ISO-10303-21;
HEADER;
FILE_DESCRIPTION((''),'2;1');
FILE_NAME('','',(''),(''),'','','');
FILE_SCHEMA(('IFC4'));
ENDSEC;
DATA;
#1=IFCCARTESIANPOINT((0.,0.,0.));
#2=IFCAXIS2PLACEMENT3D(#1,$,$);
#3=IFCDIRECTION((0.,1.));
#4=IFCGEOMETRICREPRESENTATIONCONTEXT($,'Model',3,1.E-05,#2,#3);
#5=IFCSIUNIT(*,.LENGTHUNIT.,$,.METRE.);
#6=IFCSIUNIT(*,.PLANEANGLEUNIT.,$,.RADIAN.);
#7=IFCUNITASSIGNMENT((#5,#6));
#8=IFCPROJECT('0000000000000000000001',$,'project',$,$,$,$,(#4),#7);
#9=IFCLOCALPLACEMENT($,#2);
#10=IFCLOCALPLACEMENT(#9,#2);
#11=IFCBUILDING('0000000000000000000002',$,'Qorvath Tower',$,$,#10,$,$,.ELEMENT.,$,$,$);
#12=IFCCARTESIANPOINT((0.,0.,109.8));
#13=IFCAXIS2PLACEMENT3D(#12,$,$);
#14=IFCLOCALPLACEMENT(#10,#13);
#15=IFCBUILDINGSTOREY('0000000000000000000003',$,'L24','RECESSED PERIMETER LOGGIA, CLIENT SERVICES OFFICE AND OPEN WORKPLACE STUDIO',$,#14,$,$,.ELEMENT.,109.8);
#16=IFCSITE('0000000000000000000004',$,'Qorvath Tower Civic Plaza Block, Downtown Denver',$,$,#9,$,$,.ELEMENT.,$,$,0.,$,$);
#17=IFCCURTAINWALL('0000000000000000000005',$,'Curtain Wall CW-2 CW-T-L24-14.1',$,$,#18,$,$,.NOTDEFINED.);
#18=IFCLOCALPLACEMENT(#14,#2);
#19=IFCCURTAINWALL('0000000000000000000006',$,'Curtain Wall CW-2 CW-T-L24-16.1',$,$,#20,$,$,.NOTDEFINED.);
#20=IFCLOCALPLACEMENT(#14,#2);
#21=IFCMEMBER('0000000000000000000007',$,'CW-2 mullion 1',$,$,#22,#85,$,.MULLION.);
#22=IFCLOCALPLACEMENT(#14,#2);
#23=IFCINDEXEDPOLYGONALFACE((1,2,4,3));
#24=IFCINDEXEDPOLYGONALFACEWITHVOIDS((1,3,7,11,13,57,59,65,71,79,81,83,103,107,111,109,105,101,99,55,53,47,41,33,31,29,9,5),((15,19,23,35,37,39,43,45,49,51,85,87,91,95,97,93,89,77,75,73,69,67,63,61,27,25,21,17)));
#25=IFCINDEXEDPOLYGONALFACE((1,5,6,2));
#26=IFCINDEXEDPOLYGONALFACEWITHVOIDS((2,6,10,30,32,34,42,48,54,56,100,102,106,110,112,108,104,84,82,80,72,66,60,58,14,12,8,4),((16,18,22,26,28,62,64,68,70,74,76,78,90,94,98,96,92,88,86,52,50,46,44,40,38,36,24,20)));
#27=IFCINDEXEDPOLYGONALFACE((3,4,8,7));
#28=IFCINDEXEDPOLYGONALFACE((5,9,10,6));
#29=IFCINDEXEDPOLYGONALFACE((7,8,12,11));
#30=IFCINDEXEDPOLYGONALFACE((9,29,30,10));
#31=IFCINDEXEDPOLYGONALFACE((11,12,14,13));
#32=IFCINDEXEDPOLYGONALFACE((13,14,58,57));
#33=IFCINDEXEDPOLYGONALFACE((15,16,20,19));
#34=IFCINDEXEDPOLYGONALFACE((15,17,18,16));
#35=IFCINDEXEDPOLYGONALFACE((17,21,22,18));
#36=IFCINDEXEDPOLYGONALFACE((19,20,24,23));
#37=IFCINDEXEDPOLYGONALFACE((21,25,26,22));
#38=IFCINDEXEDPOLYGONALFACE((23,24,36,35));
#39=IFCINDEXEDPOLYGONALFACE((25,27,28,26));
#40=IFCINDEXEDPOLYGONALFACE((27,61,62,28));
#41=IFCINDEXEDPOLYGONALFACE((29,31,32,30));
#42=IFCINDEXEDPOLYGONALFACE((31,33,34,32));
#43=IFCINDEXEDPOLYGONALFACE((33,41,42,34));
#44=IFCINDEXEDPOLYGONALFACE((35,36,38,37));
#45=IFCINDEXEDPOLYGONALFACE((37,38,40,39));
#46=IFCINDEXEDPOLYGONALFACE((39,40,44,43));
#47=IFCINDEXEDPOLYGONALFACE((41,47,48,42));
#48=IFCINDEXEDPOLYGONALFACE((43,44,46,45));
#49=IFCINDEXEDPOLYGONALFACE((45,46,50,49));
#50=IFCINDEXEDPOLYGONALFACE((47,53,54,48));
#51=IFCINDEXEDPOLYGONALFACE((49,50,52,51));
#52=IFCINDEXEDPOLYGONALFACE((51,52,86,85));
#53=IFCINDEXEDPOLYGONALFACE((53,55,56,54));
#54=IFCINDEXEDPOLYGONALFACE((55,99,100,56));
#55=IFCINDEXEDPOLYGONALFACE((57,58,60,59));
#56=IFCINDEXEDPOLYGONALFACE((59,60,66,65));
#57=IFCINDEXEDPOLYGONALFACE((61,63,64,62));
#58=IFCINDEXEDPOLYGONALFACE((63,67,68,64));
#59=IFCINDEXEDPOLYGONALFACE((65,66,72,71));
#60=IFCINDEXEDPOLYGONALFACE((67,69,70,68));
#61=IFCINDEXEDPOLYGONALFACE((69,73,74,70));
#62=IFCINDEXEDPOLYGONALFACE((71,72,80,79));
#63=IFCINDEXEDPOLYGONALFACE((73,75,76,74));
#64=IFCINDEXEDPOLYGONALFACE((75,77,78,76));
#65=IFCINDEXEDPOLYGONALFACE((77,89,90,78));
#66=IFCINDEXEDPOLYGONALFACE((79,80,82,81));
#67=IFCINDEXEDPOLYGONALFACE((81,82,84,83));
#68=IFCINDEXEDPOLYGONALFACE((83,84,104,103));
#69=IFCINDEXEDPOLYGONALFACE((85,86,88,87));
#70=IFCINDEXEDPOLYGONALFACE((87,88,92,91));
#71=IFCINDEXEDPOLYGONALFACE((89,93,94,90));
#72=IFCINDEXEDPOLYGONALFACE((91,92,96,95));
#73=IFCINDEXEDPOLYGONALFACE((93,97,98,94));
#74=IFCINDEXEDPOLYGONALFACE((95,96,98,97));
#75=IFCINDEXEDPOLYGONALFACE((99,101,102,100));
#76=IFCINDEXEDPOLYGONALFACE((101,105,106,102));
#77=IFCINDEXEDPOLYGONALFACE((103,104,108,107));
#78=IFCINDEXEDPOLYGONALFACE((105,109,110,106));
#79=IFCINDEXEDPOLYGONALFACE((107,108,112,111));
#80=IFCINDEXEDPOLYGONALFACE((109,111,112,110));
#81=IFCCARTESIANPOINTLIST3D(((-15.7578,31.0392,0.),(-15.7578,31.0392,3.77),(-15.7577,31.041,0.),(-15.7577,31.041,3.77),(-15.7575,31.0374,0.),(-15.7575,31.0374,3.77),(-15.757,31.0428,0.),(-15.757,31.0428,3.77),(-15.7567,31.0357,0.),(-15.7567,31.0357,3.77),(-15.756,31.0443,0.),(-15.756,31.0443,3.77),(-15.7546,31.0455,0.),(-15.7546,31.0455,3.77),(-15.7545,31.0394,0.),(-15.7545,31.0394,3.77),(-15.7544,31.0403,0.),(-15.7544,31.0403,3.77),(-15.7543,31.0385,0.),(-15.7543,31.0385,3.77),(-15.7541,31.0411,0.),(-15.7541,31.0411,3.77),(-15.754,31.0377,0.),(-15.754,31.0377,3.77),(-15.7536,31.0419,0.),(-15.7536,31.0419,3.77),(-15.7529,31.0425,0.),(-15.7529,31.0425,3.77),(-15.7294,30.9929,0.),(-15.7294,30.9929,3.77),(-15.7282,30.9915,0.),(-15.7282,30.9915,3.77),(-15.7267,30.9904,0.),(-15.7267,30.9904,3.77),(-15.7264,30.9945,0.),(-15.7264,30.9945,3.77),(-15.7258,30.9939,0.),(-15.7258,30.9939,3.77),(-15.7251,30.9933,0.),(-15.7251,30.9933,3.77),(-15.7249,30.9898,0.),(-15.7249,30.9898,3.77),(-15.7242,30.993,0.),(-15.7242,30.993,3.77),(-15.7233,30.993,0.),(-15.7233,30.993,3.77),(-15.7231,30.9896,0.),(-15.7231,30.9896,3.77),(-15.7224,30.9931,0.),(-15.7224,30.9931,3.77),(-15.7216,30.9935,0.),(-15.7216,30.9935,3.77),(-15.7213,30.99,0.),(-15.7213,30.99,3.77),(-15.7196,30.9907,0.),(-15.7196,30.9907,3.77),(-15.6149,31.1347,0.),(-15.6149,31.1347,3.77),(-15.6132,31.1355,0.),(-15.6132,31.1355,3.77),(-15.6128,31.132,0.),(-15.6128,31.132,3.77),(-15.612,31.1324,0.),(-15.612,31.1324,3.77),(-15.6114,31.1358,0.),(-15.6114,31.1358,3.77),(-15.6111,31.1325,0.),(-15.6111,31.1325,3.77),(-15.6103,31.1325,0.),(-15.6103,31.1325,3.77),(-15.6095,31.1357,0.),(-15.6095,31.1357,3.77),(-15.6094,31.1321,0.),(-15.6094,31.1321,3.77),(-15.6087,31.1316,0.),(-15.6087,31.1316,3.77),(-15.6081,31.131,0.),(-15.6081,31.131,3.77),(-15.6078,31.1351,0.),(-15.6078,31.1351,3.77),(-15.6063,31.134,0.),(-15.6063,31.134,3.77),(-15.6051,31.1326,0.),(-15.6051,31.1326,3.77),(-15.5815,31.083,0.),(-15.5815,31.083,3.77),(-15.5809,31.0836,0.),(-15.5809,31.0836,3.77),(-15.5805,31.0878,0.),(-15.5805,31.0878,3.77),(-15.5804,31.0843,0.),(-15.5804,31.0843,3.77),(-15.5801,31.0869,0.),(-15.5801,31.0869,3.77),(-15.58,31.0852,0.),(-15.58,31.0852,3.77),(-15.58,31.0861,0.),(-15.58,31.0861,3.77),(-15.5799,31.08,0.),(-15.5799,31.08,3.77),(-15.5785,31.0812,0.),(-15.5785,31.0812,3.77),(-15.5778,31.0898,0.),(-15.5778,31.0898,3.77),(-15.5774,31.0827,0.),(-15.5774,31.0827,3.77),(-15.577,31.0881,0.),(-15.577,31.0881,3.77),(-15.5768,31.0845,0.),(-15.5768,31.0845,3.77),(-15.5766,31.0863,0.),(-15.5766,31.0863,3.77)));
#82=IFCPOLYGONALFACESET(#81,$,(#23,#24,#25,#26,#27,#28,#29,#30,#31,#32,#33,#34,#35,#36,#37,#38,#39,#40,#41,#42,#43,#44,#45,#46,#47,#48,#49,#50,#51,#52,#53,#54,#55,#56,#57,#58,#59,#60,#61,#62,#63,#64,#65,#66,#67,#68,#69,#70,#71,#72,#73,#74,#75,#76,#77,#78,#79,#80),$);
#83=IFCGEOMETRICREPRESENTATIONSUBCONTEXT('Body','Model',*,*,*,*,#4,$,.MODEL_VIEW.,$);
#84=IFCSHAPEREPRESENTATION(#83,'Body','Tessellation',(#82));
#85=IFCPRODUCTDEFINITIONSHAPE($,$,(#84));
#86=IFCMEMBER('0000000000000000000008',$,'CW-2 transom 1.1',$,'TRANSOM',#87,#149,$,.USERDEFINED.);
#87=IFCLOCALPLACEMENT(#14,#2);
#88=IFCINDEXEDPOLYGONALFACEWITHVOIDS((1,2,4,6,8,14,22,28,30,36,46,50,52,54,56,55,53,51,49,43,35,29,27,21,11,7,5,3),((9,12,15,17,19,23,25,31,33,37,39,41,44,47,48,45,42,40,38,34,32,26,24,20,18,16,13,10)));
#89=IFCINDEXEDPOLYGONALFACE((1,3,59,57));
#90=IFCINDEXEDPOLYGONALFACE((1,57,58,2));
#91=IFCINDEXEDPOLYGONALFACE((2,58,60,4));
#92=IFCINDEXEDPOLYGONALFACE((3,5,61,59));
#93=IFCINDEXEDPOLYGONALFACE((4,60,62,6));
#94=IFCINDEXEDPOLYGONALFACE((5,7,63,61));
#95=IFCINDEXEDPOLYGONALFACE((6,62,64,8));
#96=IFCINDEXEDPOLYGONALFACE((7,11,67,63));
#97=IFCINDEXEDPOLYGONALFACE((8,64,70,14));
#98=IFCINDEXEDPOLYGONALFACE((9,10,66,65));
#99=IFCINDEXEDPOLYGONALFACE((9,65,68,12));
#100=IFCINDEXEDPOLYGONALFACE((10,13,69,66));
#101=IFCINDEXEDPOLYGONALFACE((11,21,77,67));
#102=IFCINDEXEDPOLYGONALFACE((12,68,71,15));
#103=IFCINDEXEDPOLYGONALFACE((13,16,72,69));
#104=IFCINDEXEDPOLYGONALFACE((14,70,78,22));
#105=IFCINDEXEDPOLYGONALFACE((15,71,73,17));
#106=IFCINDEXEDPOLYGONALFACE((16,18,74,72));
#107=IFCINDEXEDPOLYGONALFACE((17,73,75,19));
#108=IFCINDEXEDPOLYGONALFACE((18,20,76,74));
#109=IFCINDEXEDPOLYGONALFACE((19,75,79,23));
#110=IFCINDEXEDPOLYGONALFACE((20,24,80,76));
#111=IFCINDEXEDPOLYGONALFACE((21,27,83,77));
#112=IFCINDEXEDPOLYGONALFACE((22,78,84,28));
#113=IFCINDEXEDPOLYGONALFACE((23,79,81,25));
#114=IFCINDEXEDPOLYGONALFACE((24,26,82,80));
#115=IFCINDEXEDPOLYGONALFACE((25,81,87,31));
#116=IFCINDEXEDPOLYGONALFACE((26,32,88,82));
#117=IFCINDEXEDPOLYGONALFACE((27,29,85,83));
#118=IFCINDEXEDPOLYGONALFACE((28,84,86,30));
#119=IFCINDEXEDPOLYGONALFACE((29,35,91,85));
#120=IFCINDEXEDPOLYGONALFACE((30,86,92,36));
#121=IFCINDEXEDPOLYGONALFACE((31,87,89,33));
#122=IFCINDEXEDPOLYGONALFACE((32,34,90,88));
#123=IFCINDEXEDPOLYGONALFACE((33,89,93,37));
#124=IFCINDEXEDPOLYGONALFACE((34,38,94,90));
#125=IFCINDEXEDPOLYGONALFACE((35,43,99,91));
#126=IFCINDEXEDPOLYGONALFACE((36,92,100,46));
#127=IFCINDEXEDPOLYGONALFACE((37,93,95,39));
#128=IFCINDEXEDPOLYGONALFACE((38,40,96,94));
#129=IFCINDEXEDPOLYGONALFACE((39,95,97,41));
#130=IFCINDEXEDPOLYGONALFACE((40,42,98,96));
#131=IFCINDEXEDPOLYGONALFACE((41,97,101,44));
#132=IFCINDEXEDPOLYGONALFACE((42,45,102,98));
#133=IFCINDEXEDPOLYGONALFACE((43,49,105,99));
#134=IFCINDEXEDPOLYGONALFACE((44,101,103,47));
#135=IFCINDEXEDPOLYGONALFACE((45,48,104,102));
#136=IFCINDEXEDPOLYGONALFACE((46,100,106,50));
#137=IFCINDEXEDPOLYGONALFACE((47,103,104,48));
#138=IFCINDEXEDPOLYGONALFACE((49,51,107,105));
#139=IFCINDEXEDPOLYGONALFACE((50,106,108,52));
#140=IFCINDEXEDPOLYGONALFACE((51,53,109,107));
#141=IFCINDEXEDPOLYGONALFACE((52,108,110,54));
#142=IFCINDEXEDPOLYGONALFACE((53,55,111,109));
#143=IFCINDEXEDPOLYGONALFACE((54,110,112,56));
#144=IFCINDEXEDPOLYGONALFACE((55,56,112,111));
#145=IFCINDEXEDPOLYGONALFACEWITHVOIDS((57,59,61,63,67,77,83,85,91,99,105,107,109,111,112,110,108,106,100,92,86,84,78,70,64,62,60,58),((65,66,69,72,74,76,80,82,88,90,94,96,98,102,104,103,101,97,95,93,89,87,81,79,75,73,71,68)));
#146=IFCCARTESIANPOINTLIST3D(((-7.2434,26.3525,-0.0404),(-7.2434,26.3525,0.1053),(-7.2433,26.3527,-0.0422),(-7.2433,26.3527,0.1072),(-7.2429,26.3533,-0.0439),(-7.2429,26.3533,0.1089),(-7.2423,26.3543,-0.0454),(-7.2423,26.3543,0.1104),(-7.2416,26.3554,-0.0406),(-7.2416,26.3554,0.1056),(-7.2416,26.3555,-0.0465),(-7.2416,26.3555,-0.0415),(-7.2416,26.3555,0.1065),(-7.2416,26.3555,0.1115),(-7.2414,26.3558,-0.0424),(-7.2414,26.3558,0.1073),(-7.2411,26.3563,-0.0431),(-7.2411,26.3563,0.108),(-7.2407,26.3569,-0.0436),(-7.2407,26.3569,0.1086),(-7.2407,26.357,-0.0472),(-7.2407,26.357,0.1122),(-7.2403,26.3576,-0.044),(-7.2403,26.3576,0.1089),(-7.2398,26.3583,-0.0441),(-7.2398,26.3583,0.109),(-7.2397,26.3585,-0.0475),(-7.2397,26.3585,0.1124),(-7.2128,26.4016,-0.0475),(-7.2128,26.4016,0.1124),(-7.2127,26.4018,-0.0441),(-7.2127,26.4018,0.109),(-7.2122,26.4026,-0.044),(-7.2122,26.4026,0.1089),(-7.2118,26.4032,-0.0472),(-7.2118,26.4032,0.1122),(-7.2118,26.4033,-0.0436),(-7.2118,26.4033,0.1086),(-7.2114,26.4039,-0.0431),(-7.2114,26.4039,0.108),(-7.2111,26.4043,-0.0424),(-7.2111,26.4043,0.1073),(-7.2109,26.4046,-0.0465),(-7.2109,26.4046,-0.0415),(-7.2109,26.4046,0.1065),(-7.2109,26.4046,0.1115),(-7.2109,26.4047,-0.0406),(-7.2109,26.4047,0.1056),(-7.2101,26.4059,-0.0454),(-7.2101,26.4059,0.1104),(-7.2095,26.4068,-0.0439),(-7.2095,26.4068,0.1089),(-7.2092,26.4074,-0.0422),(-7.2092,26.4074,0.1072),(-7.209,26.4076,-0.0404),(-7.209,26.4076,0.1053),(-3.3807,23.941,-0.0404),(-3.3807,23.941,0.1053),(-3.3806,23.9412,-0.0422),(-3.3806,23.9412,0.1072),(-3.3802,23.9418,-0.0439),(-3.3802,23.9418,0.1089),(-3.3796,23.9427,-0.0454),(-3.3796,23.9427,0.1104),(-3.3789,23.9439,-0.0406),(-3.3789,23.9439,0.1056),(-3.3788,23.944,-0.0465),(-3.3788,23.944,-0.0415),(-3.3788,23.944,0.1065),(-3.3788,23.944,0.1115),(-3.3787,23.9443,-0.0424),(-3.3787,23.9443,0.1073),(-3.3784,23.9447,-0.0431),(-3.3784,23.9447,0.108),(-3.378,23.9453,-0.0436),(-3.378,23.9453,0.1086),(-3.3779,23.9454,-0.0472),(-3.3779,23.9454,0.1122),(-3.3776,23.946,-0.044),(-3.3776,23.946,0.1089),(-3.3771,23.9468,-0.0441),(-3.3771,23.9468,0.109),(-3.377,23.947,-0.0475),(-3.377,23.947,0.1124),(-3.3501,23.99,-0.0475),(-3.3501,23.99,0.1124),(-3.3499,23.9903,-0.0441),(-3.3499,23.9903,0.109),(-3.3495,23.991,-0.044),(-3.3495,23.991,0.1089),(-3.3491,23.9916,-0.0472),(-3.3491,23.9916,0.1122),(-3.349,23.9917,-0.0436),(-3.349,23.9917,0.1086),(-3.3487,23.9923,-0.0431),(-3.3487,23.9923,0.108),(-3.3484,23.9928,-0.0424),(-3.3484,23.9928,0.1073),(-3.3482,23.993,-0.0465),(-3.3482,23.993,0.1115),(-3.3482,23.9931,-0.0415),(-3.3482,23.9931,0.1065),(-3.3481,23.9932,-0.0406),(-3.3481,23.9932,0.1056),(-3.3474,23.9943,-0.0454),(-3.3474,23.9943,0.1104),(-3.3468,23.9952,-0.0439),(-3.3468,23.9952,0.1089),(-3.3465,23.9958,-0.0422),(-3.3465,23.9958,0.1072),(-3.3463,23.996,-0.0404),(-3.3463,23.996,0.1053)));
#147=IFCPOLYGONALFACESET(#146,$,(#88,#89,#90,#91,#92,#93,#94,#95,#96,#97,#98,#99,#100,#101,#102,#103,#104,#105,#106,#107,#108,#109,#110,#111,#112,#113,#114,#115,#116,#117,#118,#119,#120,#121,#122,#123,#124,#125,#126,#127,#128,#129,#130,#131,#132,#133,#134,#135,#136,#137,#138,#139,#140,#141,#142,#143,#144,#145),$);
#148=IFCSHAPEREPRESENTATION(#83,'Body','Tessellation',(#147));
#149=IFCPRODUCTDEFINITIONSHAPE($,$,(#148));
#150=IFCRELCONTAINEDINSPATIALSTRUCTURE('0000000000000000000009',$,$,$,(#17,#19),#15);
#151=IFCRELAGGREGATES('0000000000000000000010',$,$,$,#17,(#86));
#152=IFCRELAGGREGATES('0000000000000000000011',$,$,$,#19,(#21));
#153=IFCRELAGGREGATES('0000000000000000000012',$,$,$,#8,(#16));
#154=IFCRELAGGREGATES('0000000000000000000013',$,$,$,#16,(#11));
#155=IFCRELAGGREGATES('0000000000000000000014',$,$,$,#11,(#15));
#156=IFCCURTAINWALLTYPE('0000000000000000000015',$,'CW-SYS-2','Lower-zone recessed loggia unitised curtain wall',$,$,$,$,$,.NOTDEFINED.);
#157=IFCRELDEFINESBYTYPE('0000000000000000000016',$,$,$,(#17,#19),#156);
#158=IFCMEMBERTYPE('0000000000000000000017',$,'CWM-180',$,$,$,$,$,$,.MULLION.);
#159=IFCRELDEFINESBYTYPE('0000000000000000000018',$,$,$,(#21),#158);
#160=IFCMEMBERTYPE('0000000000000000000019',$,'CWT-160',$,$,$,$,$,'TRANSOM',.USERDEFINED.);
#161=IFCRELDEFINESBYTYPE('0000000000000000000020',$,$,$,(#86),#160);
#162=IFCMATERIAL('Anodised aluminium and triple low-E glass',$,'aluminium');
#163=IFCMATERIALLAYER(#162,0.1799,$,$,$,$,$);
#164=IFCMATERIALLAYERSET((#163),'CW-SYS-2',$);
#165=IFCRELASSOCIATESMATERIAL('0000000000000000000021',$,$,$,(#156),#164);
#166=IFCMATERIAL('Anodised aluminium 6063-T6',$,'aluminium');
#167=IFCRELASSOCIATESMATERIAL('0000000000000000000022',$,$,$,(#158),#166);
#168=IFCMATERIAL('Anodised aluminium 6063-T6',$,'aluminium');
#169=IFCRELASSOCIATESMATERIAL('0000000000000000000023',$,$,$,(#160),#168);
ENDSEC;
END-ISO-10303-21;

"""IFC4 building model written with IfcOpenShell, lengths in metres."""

from ifc_helpers import new_model, si_unit, direction, frame, origin, origin_2d, place, context, subcontext, project, spatial, hollow_rectangle, extrude, material, layer, layer_set, material_profile, profile_set, type_object, element, aggregate, save


model = new_model("IFC4")

# Units and contexts
model_context = context("Model", 3, precision=1e-05, world=origin(), true_north=direction((0.0, 1.0)))
body_context = subcontext(model_context, "Body", "Model", "MODEL_VIEW")
ifc_project = project(units=[si_unit("LENGTHUNIT", "METRE"), si_unit("PLANEANGLEUNIT", "RADIAN")], contexts=[model_context])

# Site, building, storey
site_placement = place(None, origin())
site = spatial("IfcSite", under=ifc_project, at=site_placement, Name="Qorvath Tower Civic Plaza Block, Downtown Denver", CompositionType="ELEMENT", RefElevation=0.0)
building_placement = place(site_placement, origin())
building = spatial("IfcBuilding", under=site, at=building_placement, Name="Qorvath Tower", CompositionType="ELEMENT")
storey_placement = place(building_placement, frame((0.0, 0.0, 109.8)))
storey = spatial("IfcBuildingStorey", under=building, at=storey_placement, Name="L24", Description="RECESSED PERIMETER LOGGIA, CLIENT SERVICES OFFICE AND OPEN WORKPLACE STUDIO", CompositionType="ELEMENT", Elevation=109.8)

# Shared definitions
ifc_material_1 = material(Name="Anodised aluminium and triple low-E glass", Category="aluminium")
ifc_layer_1 = layer(ifc_material_1, 0.1799)
ifc_layer_set_1 = layer_set([ifc_layer_1], Name="CW-SYS-2")
curtain_wall_type = type_object("IfcCurtainWallType", Name="CW-SYS-2", Description="Lower-zone recessed loggia unitised curtain wall", PredefinedType="NOTDEFINED", material=ifc_layer_set_1)
ifc_material_2 = material(Name="Anodised aluminium 6063-T6", Category="aluminium")
ifc_material_profile_1 = material_profile(ifc_material_2, hollow_rectangle(XDim=0.0649, YDim=0.1799, WallThickness=0.0034, InnerFilletRadius=0.0034, OuterFilletRadius=0.0071, at=origin_2d()), Name="CWM 180x65")
ifc_profile_set_1 = profile_set([ifc_material_profile_1], Name="Anodised aluminium 6063-T6")
member_type_1 = type_object("IfcMemberType", Name="CWM-180", PredefinedType="MULLION", material=ifc_profile_set_1)

# Curtain wall
curtain_wall_1_placement = place(storey_placement, origin())
curtain_wall_1 = element("IfcCurtainWall", 1, at=curtain_wall_1_placement, inside=storey, type_object=curtain_wall_type, Name="Curtain Wall CW-2 CW-T-L24-14.1", PredefinedType="NOTDEFINED")

# Curtain wall, member
curtain_wall_2_placement = place(storey_placement, origin())
curtain_wall_2 = element("IfcCurtainWall", 2, at=curtain_wall_2_placement, inside=storey, type_object=curtain_wall_type, Name="Curtain Wall CW-2 CW-T-L24-16.1", PredefinedType="NOTDEFINED")
member_1_placement = place(storey_placement, frame((-15.6672, 31.0627, 0.0), z_axis=(0.0, 0.0, 1.0), x_axis=(0.538533, -0.842604, 0.0)))
member_1 = element("IfcMember", 3, at=member_1_placement, type_object=member_type_1, Name="CW-2 mullion 1", PredefinedType="MULLION", context=body_context, shape_type="SweptSolid", body=[
    extrude(hollow_rectangle(XDim=0.0649, YDim=0.1799, WallThickness=0.0034, InnerFilletRadius=0.0034, OuterFilletRadius=0.0071, at=origin_2d()), origin(), (0.0, 0.0, 1.0), 3.77),
])

# Member
ifc_material_3 = material(Name="Anodised aluminium 6063-T6", Category="aluminium")
ifc_material_profile_2 = material_profile(ifc_material_3, hollow_rectangle(XDim=0.0649, YDim=0.1599, WallThickness=0.0034, InnerFilletRadius=0.0034, OuterFilletRadius=0.0071, at=origin_2d()), Name="CWT 160x65")
ifc_profile_set_2 = profile_set([ifc_material_profile_2], Name="Anodised aluminium 6063-T6")
member_type_2 = type_object("IfcMemberType", Name="CWT-160", ElementType="TRANSOM", PredefinedType="USERDEFINED", material=ifc_profile_set_2)
member_2_placement = place(storey_placement, frame((-3.3635, 23.9685, 0.0325), z_axis=(-0.848257, 0.529584, 0.0), x_axis=(-0.529584, -0.848257, 0.0)))
member_2 = element("IfcMember", 4, at=member_2_placement, type_object=member_type_2, Name="CW-2 transom 1.1", ObjectType="TRANSOM", PredefinedType="USERDEFINED", context=body_context, shape_type="SweptSolid", body=[
    extrude(hollow_rectangle(XDim=0.0649, YDim=0.1599, WallThickness=0.0034, InnerFilletRadius=0.0034, OuterFilletRadius=0.0071, at=origin_2d()), origin(), (0.0, 0.0, 1.0), 4.5537),
])

aggregate(curtain_wall_1, [member_2])
aggregate(curtain_wall_2, [member_1])

save(model, "model.ifc")
